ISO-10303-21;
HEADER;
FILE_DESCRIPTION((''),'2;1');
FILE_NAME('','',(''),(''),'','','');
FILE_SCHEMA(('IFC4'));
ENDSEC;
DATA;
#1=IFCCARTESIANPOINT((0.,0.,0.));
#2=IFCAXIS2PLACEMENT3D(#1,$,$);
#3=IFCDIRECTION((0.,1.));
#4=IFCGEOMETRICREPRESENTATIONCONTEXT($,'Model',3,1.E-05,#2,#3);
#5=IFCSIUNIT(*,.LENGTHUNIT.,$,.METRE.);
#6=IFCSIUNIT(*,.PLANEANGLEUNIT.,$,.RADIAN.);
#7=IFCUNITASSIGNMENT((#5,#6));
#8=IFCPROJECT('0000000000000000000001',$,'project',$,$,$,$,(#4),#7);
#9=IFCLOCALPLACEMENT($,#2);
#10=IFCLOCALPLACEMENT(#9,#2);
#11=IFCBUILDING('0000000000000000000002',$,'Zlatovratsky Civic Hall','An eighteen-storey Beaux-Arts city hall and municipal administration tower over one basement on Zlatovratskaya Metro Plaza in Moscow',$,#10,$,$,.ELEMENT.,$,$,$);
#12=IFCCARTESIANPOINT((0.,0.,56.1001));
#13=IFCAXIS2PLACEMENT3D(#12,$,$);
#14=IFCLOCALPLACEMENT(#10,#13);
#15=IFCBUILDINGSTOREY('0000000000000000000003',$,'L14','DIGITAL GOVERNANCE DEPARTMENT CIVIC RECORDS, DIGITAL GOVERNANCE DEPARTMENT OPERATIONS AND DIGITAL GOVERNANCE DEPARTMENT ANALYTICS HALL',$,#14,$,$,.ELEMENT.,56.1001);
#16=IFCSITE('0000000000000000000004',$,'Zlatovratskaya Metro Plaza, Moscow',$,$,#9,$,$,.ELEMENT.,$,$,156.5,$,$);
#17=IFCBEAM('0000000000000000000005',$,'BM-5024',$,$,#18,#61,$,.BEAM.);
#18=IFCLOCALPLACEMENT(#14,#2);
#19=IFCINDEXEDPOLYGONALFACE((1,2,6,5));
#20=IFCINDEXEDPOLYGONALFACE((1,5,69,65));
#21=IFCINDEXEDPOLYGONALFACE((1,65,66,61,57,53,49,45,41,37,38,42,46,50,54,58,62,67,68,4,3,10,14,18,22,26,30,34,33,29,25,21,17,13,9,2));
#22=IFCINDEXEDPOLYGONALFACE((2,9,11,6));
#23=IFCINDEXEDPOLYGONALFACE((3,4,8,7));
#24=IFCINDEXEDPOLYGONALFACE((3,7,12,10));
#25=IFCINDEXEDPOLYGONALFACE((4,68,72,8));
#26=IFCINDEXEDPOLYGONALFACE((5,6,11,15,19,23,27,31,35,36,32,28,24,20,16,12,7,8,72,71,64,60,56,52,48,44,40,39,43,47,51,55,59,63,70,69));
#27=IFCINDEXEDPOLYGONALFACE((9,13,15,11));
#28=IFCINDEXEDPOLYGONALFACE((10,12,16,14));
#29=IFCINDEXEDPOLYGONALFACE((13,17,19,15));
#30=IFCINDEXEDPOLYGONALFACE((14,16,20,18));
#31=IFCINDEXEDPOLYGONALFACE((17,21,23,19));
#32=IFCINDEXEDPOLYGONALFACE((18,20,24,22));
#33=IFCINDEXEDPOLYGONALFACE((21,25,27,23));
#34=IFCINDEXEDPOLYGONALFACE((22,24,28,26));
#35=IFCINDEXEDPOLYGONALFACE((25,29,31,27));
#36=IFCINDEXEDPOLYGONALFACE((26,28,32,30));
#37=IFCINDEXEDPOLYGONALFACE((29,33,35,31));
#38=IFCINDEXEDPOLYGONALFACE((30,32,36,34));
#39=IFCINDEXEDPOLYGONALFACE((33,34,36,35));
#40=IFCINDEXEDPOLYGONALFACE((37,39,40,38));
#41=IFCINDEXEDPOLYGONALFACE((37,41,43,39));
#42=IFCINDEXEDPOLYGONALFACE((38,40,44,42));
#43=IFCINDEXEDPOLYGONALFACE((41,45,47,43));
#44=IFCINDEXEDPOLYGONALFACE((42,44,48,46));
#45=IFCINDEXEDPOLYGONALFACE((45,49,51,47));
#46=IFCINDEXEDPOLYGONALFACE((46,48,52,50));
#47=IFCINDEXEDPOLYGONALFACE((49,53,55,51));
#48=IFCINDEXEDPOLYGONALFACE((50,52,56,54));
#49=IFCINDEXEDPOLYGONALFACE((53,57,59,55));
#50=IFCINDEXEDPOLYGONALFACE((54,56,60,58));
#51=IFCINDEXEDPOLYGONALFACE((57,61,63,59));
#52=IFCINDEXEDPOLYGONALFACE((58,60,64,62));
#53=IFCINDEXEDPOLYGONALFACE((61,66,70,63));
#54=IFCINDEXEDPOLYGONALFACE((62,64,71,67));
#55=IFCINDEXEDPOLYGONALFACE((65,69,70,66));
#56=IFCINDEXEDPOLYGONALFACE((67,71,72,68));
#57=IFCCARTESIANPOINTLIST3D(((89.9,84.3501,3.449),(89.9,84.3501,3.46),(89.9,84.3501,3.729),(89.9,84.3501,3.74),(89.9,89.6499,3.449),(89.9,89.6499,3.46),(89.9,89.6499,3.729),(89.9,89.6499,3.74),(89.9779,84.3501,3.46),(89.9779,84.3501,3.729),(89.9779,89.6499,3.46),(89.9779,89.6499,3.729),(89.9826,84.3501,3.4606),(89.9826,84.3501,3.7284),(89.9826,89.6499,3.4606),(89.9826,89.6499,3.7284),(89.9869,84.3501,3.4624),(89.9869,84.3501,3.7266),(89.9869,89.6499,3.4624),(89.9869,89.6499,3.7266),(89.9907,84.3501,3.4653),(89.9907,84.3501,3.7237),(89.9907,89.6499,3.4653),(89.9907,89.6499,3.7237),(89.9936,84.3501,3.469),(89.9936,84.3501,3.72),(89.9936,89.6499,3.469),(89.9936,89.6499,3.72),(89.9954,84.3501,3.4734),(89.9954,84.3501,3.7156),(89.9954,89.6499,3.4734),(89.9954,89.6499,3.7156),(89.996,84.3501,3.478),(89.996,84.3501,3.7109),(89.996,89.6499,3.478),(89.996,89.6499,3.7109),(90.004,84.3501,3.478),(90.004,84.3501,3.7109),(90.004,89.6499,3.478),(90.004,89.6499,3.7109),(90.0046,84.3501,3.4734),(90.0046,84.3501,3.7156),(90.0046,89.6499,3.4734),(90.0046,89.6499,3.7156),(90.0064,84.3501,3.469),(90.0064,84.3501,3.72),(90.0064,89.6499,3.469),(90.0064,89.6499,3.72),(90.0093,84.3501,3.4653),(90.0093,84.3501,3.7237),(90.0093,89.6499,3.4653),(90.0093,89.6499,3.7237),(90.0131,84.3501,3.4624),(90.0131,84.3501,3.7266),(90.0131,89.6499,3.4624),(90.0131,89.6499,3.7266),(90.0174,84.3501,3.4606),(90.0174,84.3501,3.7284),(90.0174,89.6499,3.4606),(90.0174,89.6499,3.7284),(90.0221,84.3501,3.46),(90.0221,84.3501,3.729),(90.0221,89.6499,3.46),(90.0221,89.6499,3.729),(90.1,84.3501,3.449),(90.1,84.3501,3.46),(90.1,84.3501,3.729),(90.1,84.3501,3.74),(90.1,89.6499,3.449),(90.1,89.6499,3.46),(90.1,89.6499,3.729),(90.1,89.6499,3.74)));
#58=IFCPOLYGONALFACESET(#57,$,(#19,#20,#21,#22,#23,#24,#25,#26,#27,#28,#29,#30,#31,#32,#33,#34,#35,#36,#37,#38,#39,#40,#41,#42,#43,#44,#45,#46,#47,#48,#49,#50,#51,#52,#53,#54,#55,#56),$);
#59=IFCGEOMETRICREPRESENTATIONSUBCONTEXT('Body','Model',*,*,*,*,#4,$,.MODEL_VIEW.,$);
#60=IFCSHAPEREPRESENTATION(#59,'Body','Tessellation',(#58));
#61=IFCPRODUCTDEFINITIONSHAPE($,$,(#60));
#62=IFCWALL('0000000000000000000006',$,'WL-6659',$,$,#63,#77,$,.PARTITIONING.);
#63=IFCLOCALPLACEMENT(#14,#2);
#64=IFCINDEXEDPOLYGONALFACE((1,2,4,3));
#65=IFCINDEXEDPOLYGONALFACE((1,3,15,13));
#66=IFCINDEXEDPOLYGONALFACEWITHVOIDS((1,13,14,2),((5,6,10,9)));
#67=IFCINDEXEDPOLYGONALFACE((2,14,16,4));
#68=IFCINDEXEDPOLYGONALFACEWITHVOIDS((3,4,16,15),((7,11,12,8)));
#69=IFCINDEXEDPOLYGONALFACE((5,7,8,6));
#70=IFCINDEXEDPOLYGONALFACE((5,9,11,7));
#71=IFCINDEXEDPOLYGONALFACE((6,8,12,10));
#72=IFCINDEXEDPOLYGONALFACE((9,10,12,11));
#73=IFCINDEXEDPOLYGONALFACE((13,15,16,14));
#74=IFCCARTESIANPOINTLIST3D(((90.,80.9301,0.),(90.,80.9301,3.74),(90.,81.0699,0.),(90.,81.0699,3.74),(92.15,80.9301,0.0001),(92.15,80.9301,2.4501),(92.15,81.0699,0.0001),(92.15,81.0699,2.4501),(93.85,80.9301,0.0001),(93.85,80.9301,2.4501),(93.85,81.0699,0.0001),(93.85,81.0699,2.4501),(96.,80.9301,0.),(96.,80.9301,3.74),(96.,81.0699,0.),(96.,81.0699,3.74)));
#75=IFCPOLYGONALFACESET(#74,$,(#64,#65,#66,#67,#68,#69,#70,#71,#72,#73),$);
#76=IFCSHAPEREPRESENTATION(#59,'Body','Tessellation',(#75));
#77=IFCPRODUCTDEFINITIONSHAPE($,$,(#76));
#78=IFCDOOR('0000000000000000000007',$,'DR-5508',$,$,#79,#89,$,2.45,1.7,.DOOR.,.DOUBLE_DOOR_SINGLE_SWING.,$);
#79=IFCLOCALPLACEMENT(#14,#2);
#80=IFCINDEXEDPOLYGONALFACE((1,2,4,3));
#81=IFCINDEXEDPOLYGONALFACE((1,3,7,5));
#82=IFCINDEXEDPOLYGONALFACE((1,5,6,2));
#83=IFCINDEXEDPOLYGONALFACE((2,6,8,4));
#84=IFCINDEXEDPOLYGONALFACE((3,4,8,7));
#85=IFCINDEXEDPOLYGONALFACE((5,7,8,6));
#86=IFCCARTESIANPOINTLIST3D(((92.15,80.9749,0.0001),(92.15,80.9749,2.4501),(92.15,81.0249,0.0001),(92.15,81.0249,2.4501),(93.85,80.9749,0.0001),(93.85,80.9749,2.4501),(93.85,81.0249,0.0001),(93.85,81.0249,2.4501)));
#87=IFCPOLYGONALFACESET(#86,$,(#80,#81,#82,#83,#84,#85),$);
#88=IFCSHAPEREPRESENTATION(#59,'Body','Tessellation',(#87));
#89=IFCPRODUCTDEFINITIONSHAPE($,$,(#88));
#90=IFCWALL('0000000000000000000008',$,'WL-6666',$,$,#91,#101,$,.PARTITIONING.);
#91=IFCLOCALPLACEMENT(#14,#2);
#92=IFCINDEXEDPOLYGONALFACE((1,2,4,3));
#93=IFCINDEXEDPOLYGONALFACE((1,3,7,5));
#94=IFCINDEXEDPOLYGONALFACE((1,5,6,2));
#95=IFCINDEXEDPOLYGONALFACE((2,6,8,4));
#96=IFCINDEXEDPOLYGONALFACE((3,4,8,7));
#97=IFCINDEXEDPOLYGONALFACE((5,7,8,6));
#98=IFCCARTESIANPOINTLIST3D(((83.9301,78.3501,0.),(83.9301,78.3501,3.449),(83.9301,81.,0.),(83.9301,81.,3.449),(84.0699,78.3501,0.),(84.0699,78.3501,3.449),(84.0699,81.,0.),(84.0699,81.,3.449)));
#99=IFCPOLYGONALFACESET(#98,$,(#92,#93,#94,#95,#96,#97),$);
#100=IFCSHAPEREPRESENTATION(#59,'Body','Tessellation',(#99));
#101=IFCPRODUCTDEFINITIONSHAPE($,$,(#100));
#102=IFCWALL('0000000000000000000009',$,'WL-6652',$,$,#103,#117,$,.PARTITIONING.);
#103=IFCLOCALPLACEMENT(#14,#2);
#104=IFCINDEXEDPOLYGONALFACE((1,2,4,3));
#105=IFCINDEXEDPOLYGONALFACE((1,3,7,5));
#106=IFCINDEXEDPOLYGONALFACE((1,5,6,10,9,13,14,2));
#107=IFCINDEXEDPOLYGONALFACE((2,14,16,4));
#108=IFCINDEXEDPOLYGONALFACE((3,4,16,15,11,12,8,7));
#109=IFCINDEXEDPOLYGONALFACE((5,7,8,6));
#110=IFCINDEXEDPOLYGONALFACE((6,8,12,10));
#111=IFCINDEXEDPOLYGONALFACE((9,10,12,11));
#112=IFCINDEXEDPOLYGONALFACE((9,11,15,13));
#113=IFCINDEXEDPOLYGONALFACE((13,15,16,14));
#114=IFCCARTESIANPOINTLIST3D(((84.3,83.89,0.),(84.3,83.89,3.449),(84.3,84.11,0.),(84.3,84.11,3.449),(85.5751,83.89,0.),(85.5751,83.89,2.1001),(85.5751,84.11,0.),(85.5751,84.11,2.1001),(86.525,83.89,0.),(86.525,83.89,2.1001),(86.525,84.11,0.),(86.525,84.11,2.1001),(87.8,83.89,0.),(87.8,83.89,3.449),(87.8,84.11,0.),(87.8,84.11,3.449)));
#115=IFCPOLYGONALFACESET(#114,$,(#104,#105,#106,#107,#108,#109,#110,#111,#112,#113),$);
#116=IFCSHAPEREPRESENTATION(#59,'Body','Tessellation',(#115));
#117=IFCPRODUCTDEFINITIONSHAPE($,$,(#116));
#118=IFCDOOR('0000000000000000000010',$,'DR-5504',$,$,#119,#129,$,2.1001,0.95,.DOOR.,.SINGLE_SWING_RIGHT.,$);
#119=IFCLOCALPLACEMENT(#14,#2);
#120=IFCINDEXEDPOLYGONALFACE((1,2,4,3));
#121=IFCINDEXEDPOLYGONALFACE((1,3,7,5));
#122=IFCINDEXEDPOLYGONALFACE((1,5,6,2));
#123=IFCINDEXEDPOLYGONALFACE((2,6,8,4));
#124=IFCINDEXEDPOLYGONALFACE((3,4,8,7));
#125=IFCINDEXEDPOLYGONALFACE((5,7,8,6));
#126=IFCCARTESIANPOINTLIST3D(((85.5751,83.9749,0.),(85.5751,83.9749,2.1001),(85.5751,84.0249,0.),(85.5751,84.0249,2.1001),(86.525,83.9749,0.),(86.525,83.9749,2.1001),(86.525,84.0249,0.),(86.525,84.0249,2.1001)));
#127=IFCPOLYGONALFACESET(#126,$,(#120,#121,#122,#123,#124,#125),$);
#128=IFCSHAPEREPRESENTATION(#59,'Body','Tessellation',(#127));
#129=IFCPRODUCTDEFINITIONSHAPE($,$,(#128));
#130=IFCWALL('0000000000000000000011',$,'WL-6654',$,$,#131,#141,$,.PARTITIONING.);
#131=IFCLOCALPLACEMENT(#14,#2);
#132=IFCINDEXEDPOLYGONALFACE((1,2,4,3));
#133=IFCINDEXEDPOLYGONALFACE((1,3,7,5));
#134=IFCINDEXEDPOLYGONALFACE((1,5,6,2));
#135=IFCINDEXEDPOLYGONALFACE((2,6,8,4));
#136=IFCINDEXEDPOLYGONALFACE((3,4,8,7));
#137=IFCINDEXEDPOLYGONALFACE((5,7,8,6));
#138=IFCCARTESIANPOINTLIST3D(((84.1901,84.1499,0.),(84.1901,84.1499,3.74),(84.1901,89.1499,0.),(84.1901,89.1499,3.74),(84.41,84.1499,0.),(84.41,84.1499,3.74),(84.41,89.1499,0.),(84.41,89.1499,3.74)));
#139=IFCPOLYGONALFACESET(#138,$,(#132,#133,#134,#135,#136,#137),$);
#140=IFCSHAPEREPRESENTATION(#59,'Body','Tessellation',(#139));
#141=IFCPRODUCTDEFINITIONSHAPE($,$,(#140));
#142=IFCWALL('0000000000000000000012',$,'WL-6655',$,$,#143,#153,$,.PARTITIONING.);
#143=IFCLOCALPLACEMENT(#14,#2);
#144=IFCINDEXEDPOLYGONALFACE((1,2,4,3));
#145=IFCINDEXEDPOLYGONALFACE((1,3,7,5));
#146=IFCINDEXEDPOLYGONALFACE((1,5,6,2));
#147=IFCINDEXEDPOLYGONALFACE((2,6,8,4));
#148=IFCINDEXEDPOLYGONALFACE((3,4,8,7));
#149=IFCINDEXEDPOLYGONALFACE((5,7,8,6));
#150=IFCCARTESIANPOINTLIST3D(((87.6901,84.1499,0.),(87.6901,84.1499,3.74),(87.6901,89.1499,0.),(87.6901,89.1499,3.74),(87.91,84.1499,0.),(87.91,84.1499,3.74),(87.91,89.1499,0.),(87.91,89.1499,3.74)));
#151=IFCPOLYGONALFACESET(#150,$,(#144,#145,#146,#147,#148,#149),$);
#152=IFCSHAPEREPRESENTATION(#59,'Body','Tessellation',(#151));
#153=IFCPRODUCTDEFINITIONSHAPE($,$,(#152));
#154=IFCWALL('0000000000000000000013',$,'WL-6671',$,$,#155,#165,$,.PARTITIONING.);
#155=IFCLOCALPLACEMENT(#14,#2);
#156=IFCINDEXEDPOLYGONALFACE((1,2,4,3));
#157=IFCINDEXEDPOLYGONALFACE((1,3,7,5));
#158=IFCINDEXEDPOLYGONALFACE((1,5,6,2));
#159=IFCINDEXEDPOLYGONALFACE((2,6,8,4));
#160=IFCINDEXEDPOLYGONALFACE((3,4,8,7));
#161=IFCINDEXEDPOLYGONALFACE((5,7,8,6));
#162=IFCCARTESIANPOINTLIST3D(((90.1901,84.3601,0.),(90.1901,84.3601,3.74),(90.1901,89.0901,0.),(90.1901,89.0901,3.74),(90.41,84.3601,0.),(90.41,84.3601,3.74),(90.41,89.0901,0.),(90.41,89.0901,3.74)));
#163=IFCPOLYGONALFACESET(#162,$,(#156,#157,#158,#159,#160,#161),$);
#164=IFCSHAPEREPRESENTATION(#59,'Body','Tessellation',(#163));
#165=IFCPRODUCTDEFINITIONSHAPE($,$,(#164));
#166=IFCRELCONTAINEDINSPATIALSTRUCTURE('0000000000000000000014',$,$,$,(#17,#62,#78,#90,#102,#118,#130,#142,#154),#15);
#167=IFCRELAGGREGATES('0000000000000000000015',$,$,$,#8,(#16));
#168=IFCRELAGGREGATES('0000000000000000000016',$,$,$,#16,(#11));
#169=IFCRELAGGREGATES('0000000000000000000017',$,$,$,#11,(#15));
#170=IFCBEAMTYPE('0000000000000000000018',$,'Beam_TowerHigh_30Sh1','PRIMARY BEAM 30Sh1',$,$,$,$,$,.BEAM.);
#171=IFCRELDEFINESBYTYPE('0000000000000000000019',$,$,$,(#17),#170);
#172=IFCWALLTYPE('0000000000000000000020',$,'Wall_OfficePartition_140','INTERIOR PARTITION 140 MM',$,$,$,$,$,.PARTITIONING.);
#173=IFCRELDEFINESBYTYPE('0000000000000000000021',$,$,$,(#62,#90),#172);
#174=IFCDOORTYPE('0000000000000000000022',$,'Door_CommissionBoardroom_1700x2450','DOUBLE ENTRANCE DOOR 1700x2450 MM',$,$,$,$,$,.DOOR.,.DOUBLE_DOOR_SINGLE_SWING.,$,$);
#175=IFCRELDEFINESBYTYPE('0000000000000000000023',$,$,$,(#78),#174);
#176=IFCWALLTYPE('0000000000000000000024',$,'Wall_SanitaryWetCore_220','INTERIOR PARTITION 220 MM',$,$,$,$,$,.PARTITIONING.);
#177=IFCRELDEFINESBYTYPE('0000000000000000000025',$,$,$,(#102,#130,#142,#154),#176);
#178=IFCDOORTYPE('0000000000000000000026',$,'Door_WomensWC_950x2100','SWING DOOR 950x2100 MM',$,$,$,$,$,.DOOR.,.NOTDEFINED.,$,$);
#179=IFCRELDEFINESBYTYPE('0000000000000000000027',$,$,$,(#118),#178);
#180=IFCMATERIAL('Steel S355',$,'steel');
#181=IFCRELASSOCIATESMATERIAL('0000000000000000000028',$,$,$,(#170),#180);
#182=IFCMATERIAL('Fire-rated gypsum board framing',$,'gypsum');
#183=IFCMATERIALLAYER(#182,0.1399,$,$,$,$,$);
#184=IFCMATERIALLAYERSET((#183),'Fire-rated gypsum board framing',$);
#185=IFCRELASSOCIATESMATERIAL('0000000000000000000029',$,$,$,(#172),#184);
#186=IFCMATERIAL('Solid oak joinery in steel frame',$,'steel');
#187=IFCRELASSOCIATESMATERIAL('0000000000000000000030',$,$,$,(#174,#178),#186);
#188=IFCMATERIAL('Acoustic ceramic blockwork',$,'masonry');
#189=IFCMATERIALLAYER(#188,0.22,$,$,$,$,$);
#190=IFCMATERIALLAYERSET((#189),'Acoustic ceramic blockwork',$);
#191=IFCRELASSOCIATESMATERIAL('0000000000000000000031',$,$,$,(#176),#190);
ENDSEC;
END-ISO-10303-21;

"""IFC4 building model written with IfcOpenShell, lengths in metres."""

from ifc_helpers import new_model, si_unit, direction, frame, frame_2d, origin, origin_2d, place, context, subcontext, project, spatial, rectangle, i_section, extrude, material, layer, layer_set, material_profile, profile_set, type_object, element, fill, save


model = new_model("IFC4")

# Units and contexts
model_context = context("Model", 3, precision=1e-05, world=origin(), true_north=direction((0.0, 1.0)))
body_context = subcontext(model_context, "Body", "Model", "MODEL_VIEW")
ifc_project = project(units=[si_unit("LENGTHUNIT", "METRE"), si_unit("PLANEANGLEUNIT", "RADIAN")], contexts=[model_context])

# Site, building, storey
site_placement = place(None, origin())
site = spatial("IfcSite", under=ifc_project, at=site_placement, Name="Zlatovratskaya Metro Plaza, Moscow", CompositionType="ELEMENT", RefElevation=156.5)
building_placement = place(site_placement, origin())
building = spatial("IfcBuilding", under=site, at=building_placement, Name="Zlatovratsky Civic Hall", Description="An eighteen-storey Beaux-Arts city hall and municipal administration tower over one basement on Zlatovratskaya Metro Plaza in Moscow", CompositionType="ELEMENT")
storey_placement = place(building_placement, frame((0.0, 0.0, 56.1001)))
storey = spatial("IfcBuildingStorey", under=building, at=storey_placement, Name="L14", Description="DIGITAL GOVERNANCE DEPARTMENT CIVIC RECORDS, DIGITAL GOVERNANCE DEPARTMENT OPERATIONS AND DIGITAL GOVERNANCE DEPARTMENT ANALYTICS HALL", CompositionType="ELEMENT", Elevation=56.1001)

# Beam
ifc_material_1 = material(Name="Steel S355", Category="steel")
ifc_material_profile_1 = material_profile(ifc_material_1, i_section(OverallWidth=0.2, OverallDepth=0.291, WebThickness=0.0081, FlangeThickness=0.011, FilletRadius=0.0181, at=origin_2d()), Name="30Sh1")
ifc_profile_set_1 = profile_set([ifc_material_profile_1], Name="Steel S355")
beam_type_1 = type_object("IfcBeamType", Name="Beam_TowerHigh_30Sh1", Description="PRIMARY BEAM 30Sh1", PredefinedType="BEAM", material=ifc_profile_set_1)
for number, where, z_axis, x_axis, name in (
    (1, (90.0, 84.3501, 3.5945), (0.0, 1.0, 0.0), (-1.0, 0.0, 0.0), "BM-5024"),
):
    element("IfcBeam", number, at=place(storey_placement, frame(where, z_axis=z_axis, x_axis=x_axis)), inside=storey, type_object=beam_type_1, Name=name, PredefinedType="BEAM", context=body_context, shape_type="SweptSolid", body=[
        extrude(i_section(OverallWidth=0.2, OverallDepth=0.291, WebThickness=0.0081, FlangeThickness=0.011, FilletRadius=0.0181, at=origin_2d()), origin(), (0.0, 0.0, 1.0), 5.2998),
    ])

# Wall, opening, door
ifc_material_2 = material(Name="Fire-rated gypsum board framing", Category="gypsum")
ifc_layer_1 = layer(ifc_material_2, 0.1399)
ifc_layer_set_1 = layer_set([ifc_layer_1], Name="Fire-rated gypsum board framing")
wall_type_1 = type_object("IfcWallType", Name="Wall_OfficePartition_140", Description="INTERIOR PARTITION 140 MM", PredefinedType="PARTITIONING", material=ifc_layer_set_1)
wall_1_placement = place(storey_placement, frame((90.0, 81.0, 0.0), z_axis=(0.0, 0.0, 1.0), x_axis=(1.0, 0.0, 0.0)))
wall_1 = element("IfcWall", 2, at=wall_1_placement, inside=storey, type_object=wall_type_1, Name="WL-6659", PredefinedType="PARTITIONING", context=body_context, shape_type="SweptSolid", body=[
    extrude(rectangle(XDim=6.0, YDim=0.1399, at=frame_2d((3.0, 0.0))), origin(), (0.0, 0.0, 1.0), 3.74),
])
opening_1_placement = place(wall_1_placement, frame((2.1499, 0.0, 0.0)))
opening_1 = element("IfcOpeningElement", 3, at=opening_1_placement, cuts=wall_1, PredefinedType="OPENING", context=body_context, shape_type="SweptSolid", body=[
    extrude(rectangle(XDim=1.7, YDim=2.45, at=frame_2d((0.8501, 1.2251))), frame((0.0, 0.085, 0.0), z_axis=(0.0, -1.0, 0.0), x_axis=(1.0, 0.0, 0.0)), (0.0, 0.0, 1.0), 0.1697),
])
ifc_material_3 = material(Name="Solid oak joinery in steel frame", Category="steel")
door_type_1 = type_object("IfcDoorType", Name="Door_CommissionBoardroom_1700x2450", Description="DOUBLE ENTRANCE DOOR 1700x2450 MM", OperationType="DOUBLE_DOOR_SINGLE_SWING", PredefinedType="DOOR", material=ifc_material_3)
door_1_placement = place(opening_1_placement, origin())
door_1 = element("IfcDoor", 4, at=door_1_placement, inside=storey, type_object=door_type_1, Name="DR-5508", OperationType="DOUBLE_DOOR_SINGLE_SWING", OverallHeight=2.45, OverallWidth=1.7, PredefinedType="DOOR", context=body_context, shape_type="SweptSolid", body=[
    extrude(rectangle(XDim=1.7, YDim=2.45, at=frame_2d((0.8501, 1.2251))), frame((0.0, 0.0249, 0.0), z_axis=(0.0, -1.0, 0.0), x_axis=(1.0, 0.0, 0.0)), (0.0, 0.0, 1.0), 0.05),
])
fill(opening_1, door_1)

# Wall
wall_2_placement = place(storey_placement, frame((84.0, 78.3501, 0.0), z_axis=(0.0, 0.0, 1.0), x_axis=(0.0, 1.0, 0.0)))
element("IfcWall", 5, at=wall_2_placement, inside=storey, type_object=wall_type_1, Name="WL-6666", PredefinedType="PARTITIONING", context=body_context, shape_type="SweptSolid", body=[
    extrude(rectangle(XDim=2.6499, YDim=0.1399, at=frame_2d((1.325, 0.0))), origin(), (0.0, 0.0, 1.0), 3.449),
])

# Wall, opening, door
ifc_material_4 = material(Name="Acoustic ceramic blockwork", Category="masonry")
ifc_layer_2 = layer(ifc_material_4, 0.22)
ifc_layer_set_2 = layer_set([ifc_layer_2], Name="Acoustic ceramic blockwork")
wall_type_2 = type_object("IfcWallType", Name="Wall_SanitaryWetCore_220", Description="INTERIOR PARTITION 220 MM", PredefinedType="PARTITIONING", material=ifc_layer_set_2)
wall_3_placement = place(storey_placement, frame((84.3, 84.0, 0.0), z_axis=(0.0, 0.0, 1.0), x_axis=(1.0, 0.0, 0.0)))
wall_3 = element("IfcWall", 6, at=wall_3_placement, inside=storey, type_object=wall_type_2, Name="WL-6652", PredefinedType="PARTITIONING", context=body_context, shape_type="SweptSolid", body=[
    extrude(rectangle(XDim=3.5, YDim=0.22, at=frame_2d((1.75, 0.0))), origin(), (0.0, 0.0, 1.0), 3.449),
])
opening_2_placement = place(wall_3_placement, frame((1.2749, 0.0, 0.0)))
opening_2 = element("IfcOpeningElement", 7, at=opening_2_placement, cuts=wall_3, PredefinedType="OPENING", context=body_context, shape_type="SweptSolid", body=[
    extrude(rectangle(XDim=0.95, YDim=2.1001, at=frame_2d((0.4751, 1.05))), frame((0.0, 0.125, 0.0), z_axis=(0.0, -1.0, 0.0), x_axis=(1.0, 0.0, 0.0)), (0.0, 0.0, 1.0), 0.2498),
])
door_type_2 = type_object("IfcDoorType", Name="Door_WomensWC_950x2100", Description="SWING DOOR 950x2100 MM", OperationType="NOTDEFINED", PredefinedType="DOOR", material=ifc_material_3)
door_2_placement = place(opening_2_placement, origin())
door_2 = element("IfcDoor", 8, at=door_2_placement, inside=storey, type_object=door_type_2, Name="DR-5504", OperationType="SINGLE_SWING_RIGHT", OverallHeight=2.1001, OverallWidth=0.95, PredefinedType="DOOR", context=body_context, shape_type="SweptSolid", body=[
    extrude(rectangle(XDim=0.95, YDim=2.1001, at=frame_2d((0.4751, 1.05))), frame((0.0, 0.0249, 0.0), z_axis=(0.0, -1.0, 0.0), x_axis=(1.0, 0.0, 0.0)), (0.0, 0.0, 1.0), 0.05),
])
fill(opening_2, door_2)

# Walls
for number, where, z_axis, x_axis, name in (
    (9, (84.3, 84.1499, 0.0), (0.0, 0.0, 1.0), (0.0, 1.0, 0.0), "WL-6654"),
    (10, (87.8, 84.1499, 0.0), (0.0, 0.0, 1.0), (0.0, 1.0, 0.0), "WL-6655"),
):
    element("IfcWall", number, at=place(storey_placement, frame(where, z_axis=z_axis, x_axis=x_axis)), inside=storey, type_object=wall_type_2, Name=name, PredefinedType="PARTITIONING", context=body_context, shape_type="SweptSolid", body=[
        extrude(rectangle(XDim=5.0, YDim=0.22, at=frame_2d((2.5, 0.0))), origin(), (0.0, 0.0, 1.0), 3.74),
    ])
wall_4_placement = place(storey_placement, frame((90.3, 84.3601, 0.0), z_axis=(0.0, 0.0, 1.0), x_axis=(0.0, 1.0, 0.0)))
element("IfcWall", 11, at=wall_4_placement, inside=storey, type_object=wall_type_2, Name="WL-6671", PredefinedType="PARTITIONING", context=body_context, shape_type="SweptSolid", body=[
    extrude(rectangle(XDim=4.73, YDim=0.22, at=frame_2d((2.365, 0.0))), origin(), (0.0, 0.0, 1.0), 3.74),
])

save(model, "model.ifc")
